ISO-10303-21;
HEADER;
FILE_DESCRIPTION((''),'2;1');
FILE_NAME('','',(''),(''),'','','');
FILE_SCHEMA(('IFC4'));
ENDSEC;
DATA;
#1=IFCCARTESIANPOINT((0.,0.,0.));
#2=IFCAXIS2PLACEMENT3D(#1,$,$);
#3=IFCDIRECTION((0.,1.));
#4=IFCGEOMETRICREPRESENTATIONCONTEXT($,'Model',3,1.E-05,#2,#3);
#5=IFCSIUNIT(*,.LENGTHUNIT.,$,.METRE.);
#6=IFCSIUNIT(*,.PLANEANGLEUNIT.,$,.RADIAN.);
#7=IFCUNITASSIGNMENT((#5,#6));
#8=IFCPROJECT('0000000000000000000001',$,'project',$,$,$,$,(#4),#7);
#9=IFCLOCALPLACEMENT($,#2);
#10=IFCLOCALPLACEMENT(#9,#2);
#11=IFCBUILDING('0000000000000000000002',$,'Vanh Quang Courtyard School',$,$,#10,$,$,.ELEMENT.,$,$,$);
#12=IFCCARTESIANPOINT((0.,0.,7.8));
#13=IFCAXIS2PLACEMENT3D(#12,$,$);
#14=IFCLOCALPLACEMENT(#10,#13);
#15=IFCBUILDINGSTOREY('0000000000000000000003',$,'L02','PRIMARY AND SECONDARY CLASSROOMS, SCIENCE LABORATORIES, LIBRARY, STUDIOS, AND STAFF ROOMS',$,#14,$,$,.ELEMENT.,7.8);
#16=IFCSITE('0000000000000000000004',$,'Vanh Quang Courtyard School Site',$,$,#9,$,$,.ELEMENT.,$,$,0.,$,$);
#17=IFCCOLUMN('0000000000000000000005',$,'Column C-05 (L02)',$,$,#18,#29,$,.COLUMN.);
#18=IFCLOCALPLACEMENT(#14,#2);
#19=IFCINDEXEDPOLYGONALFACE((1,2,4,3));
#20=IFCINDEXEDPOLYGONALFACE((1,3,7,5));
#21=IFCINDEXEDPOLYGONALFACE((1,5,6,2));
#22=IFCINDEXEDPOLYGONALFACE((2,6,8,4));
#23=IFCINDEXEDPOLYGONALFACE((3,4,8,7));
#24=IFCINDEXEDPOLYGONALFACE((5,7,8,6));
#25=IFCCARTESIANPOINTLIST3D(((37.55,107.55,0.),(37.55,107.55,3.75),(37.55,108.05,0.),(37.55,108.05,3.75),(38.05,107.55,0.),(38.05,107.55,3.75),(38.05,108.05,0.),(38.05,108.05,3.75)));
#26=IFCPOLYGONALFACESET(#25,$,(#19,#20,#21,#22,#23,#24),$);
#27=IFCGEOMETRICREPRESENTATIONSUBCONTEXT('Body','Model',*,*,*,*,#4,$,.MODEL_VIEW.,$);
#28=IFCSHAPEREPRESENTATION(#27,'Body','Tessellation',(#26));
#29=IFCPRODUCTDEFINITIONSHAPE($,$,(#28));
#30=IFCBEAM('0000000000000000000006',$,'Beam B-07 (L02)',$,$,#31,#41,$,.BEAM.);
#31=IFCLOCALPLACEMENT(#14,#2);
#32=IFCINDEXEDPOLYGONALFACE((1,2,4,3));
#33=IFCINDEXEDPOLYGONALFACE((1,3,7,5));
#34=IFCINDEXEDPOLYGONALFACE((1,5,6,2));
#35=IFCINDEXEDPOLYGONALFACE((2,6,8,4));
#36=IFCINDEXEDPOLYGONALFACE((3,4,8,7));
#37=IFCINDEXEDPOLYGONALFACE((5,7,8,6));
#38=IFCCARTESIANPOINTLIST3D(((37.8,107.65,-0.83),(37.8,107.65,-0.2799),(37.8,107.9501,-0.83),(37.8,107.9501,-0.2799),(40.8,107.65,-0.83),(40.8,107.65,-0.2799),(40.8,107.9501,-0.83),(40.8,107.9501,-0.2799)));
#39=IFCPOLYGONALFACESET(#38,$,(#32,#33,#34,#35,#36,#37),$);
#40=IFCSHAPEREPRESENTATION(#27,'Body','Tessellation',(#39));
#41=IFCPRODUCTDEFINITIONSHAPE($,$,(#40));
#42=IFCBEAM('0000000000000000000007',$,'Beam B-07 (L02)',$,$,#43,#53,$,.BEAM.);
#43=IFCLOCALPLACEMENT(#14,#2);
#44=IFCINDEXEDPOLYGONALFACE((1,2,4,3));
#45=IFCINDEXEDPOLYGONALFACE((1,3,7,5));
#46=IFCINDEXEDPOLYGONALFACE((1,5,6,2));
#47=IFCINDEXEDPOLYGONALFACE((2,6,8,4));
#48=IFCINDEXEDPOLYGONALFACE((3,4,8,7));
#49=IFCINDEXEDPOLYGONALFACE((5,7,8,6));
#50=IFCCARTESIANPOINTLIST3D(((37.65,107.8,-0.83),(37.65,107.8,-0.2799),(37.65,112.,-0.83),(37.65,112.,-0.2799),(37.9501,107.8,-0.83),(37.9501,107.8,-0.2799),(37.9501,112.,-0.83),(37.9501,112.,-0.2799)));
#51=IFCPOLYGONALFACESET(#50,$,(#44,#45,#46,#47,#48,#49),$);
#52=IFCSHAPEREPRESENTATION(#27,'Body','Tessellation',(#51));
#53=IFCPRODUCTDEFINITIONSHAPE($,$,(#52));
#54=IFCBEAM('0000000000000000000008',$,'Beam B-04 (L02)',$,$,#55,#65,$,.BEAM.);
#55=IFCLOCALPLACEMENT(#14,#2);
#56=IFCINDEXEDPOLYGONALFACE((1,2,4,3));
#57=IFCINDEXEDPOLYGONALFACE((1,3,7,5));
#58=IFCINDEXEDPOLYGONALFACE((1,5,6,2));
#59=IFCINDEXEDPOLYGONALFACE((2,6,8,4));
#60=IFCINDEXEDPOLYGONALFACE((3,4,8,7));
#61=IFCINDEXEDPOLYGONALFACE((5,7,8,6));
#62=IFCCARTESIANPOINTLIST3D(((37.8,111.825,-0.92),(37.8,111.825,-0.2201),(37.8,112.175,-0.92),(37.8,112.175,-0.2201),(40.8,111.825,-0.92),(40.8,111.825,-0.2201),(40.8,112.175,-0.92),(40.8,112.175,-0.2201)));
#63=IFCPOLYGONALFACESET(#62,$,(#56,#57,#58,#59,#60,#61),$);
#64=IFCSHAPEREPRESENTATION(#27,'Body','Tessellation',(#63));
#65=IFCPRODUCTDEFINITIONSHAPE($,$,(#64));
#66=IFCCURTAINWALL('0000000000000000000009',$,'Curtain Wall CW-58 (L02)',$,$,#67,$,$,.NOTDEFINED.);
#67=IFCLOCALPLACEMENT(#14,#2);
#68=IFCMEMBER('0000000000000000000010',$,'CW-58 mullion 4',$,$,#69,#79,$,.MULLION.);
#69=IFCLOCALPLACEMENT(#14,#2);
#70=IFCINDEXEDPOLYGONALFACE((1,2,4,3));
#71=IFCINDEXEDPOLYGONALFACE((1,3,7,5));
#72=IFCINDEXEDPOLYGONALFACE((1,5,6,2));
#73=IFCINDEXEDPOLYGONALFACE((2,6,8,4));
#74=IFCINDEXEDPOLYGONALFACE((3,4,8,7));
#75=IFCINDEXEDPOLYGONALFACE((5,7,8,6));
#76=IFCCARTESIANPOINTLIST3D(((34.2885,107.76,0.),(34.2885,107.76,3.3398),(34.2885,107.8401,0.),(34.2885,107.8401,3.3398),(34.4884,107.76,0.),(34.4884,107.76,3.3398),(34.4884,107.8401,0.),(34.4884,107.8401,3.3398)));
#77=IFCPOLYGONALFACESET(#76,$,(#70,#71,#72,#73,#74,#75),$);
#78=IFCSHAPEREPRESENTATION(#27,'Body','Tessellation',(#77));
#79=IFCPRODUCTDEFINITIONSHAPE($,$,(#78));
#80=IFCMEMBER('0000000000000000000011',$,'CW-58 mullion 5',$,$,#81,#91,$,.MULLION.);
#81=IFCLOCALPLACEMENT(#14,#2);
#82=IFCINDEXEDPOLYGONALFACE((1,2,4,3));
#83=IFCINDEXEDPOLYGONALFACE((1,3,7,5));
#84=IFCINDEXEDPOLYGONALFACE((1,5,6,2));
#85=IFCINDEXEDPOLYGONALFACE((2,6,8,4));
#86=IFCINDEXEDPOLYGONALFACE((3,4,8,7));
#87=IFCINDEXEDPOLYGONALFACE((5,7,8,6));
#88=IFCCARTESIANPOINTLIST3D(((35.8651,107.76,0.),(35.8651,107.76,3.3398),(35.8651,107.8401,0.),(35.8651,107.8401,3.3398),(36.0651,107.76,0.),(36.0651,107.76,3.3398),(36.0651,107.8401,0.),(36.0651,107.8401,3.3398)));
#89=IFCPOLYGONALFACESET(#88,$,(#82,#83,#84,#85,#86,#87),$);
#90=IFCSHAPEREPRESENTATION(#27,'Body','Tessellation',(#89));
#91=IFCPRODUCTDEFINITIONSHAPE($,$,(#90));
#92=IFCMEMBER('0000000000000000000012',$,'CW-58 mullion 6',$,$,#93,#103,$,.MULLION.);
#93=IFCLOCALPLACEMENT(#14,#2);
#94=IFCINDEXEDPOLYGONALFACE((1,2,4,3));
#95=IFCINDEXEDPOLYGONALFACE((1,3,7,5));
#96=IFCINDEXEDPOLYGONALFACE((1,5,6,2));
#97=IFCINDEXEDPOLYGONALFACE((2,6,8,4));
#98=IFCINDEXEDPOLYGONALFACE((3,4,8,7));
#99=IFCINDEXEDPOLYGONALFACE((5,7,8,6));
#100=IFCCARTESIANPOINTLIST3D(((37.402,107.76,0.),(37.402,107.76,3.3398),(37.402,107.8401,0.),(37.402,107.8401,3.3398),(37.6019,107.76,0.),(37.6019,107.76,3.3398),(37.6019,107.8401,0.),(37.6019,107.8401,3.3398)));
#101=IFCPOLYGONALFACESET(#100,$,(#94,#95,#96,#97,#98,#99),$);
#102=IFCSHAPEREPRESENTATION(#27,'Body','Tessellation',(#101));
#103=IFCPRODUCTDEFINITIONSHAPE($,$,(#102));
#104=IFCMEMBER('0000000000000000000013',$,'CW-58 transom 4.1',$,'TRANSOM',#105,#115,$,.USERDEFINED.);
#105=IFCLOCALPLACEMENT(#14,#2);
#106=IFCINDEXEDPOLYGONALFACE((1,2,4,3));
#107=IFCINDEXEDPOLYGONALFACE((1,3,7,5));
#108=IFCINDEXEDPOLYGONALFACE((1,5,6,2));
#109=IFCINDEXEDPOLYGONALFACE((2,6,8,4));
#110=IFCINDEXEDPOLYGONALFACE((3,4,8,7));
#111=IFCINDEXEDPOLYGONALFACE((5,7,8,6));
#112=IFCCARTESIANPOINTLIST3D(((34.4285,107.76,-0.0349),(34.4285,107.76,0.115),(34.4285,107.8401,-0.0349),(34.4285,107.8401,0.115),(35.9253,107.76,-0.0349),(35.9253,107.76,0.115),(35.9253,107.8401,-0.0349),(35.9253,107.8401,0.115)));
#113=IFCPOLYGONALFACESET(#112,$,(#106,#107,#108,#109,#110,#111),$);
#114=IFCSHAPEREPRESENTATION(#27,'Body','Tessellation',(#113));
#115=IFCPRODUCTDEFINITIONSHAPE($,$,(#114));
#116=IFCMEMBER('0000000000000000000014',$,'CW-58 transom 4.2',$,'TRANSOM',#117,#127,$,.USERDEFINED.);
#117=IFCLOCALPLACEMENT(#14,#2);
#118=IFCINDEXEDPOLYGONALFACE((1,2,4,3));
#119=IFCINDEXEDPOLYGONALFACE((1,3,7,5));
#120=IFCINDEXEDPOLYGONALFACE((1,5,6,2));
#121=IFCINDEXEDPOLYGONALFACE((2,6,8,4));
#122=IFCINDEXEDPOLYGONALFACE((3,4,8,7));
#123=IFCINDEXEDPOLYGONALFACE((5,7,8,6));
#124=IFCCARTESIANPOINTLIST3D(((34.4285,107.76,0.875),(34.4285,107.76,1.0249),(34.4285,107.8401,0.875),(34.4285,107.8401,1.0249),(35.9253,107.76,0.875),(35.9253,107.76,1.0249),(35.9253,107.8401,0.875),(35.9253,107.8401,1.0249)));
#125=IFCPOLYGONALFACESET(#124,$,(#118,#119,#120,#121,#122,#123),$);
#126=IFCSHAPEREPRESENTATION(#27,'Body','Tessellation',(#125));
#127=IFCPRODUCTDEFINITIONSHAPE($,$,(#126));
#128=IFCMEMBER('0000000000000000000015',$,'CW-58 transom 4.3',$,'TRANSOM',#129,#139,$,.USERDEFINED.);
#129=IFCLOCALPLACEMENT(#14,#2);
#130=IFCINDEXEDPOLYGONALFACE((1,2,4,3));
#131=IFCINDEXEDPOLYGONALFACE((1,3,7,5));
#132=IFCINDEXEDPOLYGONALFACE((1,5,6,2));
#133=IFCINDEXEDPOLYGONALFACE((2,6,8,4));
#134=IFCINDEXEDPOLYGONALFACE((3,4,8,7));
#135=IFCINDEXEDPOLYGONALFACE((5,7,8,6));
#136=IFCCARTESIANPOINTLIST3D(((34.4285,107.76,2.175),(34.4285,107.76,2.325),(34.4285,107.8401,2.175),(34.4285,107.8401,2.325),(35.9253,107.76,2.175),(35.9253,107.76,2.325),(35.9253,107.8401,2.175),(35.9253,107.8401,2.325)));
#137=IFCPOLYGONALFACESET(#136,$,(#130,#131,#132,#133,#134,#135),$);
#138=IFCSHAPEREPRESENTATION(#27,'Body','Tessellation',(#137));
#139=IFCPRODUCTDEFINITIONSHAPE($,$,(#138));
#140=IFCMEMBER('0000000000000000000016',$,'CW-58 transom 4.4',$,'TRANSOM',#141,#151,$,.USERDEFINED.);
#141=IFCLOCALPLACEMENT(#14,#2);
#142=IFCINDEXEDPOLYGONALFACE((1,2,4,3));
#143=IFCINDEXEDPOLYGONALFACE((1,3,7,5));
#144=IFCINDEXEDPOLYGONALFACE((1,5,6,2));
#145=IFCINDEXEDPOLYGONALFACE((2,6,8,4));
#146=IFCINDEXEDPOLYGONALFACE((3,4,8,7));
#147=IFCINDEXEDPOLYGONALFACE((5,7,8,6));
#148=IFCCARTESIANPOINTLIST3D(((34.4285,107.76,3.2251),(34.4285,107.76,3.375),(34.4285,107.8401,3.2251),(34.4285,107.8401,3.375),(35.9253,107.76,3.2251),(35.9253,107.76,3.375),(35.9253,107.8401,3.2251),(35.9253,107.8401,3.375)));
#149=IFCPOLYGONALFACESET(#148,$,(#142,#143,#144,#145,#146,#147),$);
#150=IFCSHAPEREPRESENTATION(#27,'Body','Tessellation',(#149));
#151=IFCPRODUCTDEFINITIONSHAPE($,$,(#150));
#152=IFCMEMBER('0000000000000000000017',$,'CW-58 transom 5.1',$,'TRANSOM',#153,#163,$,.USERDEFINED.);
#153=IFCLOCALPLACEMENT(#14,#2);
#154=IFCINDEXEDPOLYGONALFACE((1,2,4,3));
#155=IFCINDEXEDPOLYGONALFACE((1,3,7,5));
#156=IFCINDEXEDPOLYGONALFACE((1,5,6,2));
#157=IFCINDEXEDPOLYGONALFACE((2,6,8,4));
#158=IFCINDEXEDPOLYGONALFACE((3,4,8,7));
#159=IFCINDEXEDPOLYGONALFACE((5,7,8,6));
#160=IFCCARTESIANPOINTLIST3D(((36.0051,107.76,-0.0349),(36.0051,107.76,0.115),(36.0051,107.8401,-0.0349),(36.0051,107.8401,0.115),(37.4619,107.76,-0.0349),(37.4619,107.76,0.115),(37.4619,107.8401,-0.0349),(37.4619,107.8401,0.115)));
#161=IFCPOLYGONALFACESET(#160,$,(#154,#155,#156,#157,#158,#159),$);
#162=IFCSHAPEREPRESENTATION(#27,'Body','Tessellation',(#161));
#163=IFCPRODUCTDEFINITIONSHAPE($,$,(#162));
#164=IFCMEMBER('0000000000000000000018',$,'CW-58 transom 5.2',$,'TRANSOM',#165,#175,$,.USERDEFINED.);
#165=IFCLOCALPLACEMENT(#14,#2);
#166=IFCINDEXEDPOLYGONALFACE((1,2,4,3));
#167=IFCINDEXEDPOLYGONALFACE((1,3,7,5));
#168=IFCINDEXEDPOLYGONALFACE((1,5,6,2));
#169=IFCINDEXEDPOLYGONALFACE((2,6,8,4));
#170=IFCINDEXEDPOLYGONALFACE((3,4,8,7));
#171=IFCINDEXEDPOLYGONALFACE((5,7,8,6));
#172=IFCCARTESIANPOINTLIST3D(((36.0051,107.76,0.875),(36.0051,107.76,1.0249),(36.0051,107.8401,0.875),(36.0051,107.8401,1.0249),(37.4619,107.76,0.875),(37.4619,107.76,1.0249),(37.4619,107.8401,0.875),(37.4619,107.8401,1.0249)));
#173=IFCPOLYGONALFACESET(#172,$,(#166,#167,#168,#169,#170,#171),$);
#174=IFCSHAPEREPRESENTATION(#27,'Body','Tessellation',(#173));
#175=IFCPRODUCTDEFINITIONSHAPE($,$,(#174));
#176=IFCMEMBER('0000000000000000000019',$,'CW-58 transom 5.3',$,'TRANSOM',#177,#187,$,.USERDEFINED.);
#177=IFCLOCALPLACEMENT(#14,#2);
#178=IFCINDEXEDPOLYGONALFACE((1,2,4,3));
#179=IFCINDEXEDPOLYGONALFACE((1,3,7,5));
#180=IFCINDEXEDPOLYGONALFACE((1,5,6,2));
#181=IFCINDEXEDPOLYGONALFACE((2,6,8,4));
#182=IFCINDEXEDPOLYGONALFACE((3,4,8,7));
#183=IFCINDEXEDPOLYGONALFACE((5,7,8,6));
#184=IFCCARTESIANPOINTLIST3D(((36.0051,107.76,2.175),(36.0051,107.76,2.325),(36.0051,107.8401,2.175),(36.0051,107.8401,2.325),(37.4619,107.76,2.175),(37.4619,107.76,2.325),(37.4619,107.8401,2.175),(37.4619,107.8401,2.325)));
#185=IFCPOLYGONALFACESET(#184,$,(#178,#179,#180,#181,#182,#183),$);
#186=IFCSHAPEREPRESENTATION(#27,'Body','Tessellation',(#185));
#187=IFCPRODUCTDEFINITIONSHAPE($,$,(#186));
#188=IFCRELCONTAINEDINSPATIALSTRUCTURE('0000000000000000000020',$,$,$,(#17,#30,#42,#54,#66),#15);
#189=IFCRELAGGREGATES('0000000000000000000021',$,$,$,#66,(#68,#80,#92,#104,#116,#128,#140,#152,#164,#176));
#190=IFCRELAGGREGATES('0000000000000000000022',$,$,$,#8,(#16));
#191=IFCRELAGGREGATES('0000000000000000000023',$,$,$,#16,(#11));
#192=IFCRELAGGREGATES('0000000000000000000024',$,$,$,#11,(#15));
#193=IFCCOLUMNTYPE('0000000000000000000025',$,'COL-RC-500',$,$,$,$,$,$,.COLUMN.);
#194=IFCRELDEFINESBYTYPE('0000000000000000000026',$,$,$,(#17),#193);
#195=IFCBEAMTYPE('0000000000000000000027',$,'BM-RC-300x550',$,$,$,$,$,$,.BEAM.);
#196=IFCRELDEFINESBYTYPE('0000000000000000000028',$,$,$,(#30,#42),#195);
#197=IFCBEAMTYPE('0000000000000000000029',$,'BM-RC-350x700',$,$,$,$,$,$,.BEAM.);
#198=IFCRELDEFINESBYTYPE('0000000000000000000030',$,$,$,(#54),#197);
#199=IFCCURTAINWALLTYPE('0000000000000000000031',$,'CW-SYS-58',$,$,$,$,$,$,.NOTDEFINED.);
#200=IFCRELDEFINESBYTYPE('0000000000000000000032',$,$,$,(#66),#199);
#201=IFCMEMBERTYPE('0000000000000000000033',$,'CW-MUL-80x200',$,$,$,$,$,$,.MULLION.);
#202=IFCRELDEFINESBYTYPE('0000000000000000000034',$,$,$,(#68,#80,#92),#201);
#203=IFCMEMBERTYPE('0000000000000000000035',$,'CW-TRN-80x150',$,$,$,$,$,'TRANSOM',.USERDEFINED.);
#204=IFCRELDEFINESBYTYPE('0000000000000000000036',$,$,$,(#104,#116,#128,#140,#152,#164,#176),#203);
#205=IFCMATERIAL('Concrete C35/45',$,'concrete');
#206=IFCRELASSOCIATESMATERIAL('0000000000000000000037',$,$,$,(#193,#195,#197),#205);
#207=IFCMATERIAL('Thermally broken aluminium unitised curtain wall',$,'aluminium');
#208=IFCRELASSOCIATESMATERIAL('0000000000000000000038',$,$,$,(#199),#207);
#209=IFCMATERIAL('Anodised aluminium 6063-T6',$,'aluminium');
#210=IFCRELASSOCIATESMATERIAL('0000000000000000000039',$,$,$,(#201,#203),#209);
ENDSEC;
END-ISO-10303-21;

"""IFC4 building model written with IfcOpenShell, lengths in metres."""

from ifc_helpers import new_model, si_unit, direction, frame, origin, origin_2d, place, context, subcontext, project, spatial, rectangle, extrude, material, material_profile, profile_set, type_object, element, aggregate, save


model = new_model("IFC4")

# Units and contexts
model_context = context("Model", 3, precision=1e-05, world=origin(), true_north=direction((0.0, 1.0)))
body_context = subcontext(model_context, "Body", "Model", "MODEL_VIEW")
ifc_project = project(units=[si_unit("LENGTHUNIT", "METRE"), si_unit("PLANEANGLEUNIT", "RADIAN")], contexts=[model_context])

# Site, building, storey
site_placement = place(None, origin())
site = spatial("IfcSite", under=ifc_project, at=site_placement, Name="Vanh Quang Courtyard School Site", CompositionType="ELEMENT", RefElevation=0.0)
building_placement = place(site_placement, origin())
building = spatial("IfcBuilding", under=site, at=building_placement, Name="Vanh Quang Courtyard School", CompositionType="ELEMENT")
storey_placement = place(building_placement, frame((0.0, 0.0, 7.8)))
storey = spatial("IfcBuildingStorey", under=building, at=storey_placement, Name="L02", Description="PRIMARY AND SECONDARY CLASSROOMS, SCIENCE LABORATORIES, LIBRARY, STUDIOS, AND STAFF ROOMS", CompositionType="ELEMENT", Elevation=7.8)

# Column
ifc_material_1 = material(Name="Concrete C35/45", Category="concrete")
ifc_material_profile_1 = material_profile(ifc_material_1, rectangle(XDim=0.5, YDim=0.5, at=origin_2d()), Name="RC-COL 500x500")
ifc_profile_set_1 = profile_set([ifc_material_profile_1], Name="Concrete C35/45")
column_type = type_object("IfcColumnType", Name="COL-RC-500", PredefinedType="COLUMN", material=ifc_profile_set_1)
column_placement = place(storey_placement, frame((37.8, 107.8, 0.0), z_axis=(0.0, 0.0, 1.0), x_axis=(1.0, 0.0, 0.0)))
element("IfcColumn", 1, at=column_placement, inside=storey, type_object=column_type, Name="Column C-05 (L02)", PredefinedType="COLUMN", context=body_context, shape_type="SweptSolid", body=[
    extrude(rectangle(XDim=0.5, YDim=0.5, at=origin_2d()), origin(), (0.0, 0.0, 1.0), 3.75),
])

# Beams
ifc_material_profile_2 = material_profile(ifc_material_1, rectangle(XDim=0.3, YDim=0.55, at=origin_2d()), Name="RC-BM 300x550")
ifc_profile_set_2 = profile_set([ifc_material_profile_2], Name="Concrete C35/45")
beam_type_1 = type_object("IfcBeamType", Name="BM-RC-300x550", PredefinedType="BEAM", material=ifc_profile_set_2)
beam_1_placement = place(storey_placement, frame((37.8, 107.8, -0.5549), z_axis=(1.0, 0.0, 0.0), x_axis=(0.0, 1.0, 0.0)))
element("IfcBeam", 2, at=beam_1_placement, inside=storey, type_object=beam_type_1, Name="Beam B-07 (L02)", PredefinedType="BEAM", context=body_context, shape_type="SweptSolid", body=[
    extrude(rectangle(XDim=0.3, YDim=0.55, at=origin_2d()), origin(), (0.0, 0.0, 1.0), 3.0),
])
beam_2_placement = place(storey_placement, frame((37.8, 107.8, -0.5549), z_axis=(0.0, 1.0, 0.0), x_axis=(-1.0, 0.0, 0.0)))
element("IfcBeam", 3, at=beam_2_placement, inside=storey, type_object=beam_type_1, Name="Beam B-07 (L02)", PredefinedType="BEAM", context=body_context, shape_type="SweptSolid", body=[
    extrude(rectangle(XDim=0.3, YDim=0.55, at=origin_2d()), origin(), (0.0, 0.0, 1.0), 4.2),
])
ifc_material_profile_3 = material_profile(ifc_material_1, rectangle(XDim=0.3501, YDim=0.7, at=origin_2d()), Name="RC-BM 350x700")
ifc_profile_set_3 = profile_set([ifc_material_profile_3], Name="Concrete C35/45")
beam_type_2 = type_object("IfcBeamType", Name="BM-RC-350x700", PredefinedType="BEAM", material=ifc_profile_set_3)
beam_3_placement = place(storey_placement, frame((37.8, 112.0, -0.5701), z_axis=(1.0, 0.0, 0.0), x_axis=(0.0, 1.0, 0.0)))
element("IfcBeam", 4, at=beam_3_placement, inside=storey, type_object=beam_type_2, Name="Beam B-04 (L02)", PredefinedType="BEAM", context=body_context, shape_type="SweptSolid", body=[
    extrude(rectangle(XDim=0.3501, YDim=0.7, at=origin_2d()), origin(), (0.0, 0.0, 1.0), 3.0),
])

# Curtain wall, members
ifc_material_2 = material(Name="Thermally broken aluminium unitised curtain wall", Category="aluminium")
curtain_wall_type = type_object("IfcCurtainWallType", Name="CW-SYS-58", PredefinedType="NOTDEFINED", material=ifc_material_2)
curtain_wall_placement = place(storey_placement, origin())
curtain_wall = element("IfcCurtainWall", 5, at=curtain_wall_placement, inside=storey, type_object=curtain_wall_type, Name="Curtain Wall CW-58 (L02)", PredefinedType="NOTDEFINED")
ifc_material_3 = material(Name="Anodised aluminium 6063-T6", Category="aluminium")
ifc_material_profile_4 = material_profile(ifc_material_3, rectangle(XDim=0.0801, YDim=0.2, at=origin_2d()), Name="ALU-MUL 80x200")
ifc_profile_set_4 = profile_set([ifc_material_profile_4], Name="Anodised aluminium 6063-T6")
member_type_1 = type_object("IfcMemberType", Name="CW-MUL-80x200", PredefinedType="MULLION", material=ifc_profile_set_4)
member_1_placement = place(storey_placement, frame((34.3884, 107.8, 0.0), z_axis=(0.0, 0.0, 1.0), x_axis=(0.0, 1.0, 0.0)))
member_1 = element("IfcMember", 6, at=member_1_placement, type_object=member_type_1, Name="CW-58 mullion 4", PredefinedType="MULLION", context=body_context, shape_type="SweptSolid", body=[
    extrude(rectangle(XDim=0.0801, YDim=0.2, at=origin_2d()), origin(), (0.0, 0.0, 1.0), 3.3398),
])
member_2_placement = place(storey_placement, frame((35.9651, 107.8, 0.0), z_axis=(0.0, 0.0, 1.0), x_axis=(0.0, 1.0, 0.0)))
member_2 = element("IfcMember", 7, at=member_2_placement, type_object=member_type_1, Name="CW-58 mullion 5", PredefinedType="MULLION", context=body_context, shape_type="SweptSolid", body=[
    extrude(rectangle(XDim=0.0801, YDim=0.2, at=origin_2d()), origin(), (0.0, 0.0, 1.0), 3.3398),
])
member_3_placement = place(storey_placement, frame((37.502, 107.8, 0.0), z_axis=(0.0, 0.0, 1.0), x_axis=(0.0, 1.0, 0.0)))
member_3 = element("IfcMember", 8, at=member_3_placement, type_object=member_type_1, Name="CW-58 mullion 6", PredefinedType="MULLION", context=body_context, shape_type="SweptSolid", body=[
    extrude(rectangle(XDim=0.0801, YDim=0.2, at=origin_2d()), origin(), (0.0, 0.0, 1.0), 3.3398),
])
ifc_material_profile_5 = material_profile(ifc_material_3, rectangle(XDim=0.0801, YDim=0.1499, at=origin_2d()), Name="ALU-TRN 80x150")
ifc_profile_set_5 = profile_set([ifc_material_profile_5], Name="Anodised aluminium 6063-T6")
member_type_2 = type_object("IfcMemberType", Name="CW-TRN-80x150", ElementType="TRANSOM", PredefinedType="USERDEFINED", material=ifc_profile_set_5)
member_4_placement = place(storey_placement, frame((34.4285, 107.8, 0.04), z_axis=(1.0, 0.0, 0.0), x_axis=(0.0, 1.0, 0.0)))
member_4 = element("IfcMember", 9, at=member_4_placement, type_object=member_type_2, Name="CW-58 transom 4.1", ObjectType="TRANSOM", PredefinedType="USERDEFINED", context=body_context, shape_type="SweptSolid", body=[
    extrude(rectangle(XDim=0.0801, YDim=0.1499, at=origin_2d()), origin(), (0.0, 0.0, 1.0), 1.4968),
])
member_5_placement = place(storey_placement, frame((34.4285, 107.8, 0.95), z_axis=(1.0, 0.0, 0.0), x_axis=(0.0, 1.0, 0.0)))
member_5 = element("IfcMember", 10, at=member_5_placement, type_object=member_type_2, Name="CW-58 transom 4.2", ObjectType="TRANSOM", PredefinedType="USERDEFINED", context=body_context, shape_type="SweptSolid", body=[
    extrude(rectangle(XDim=0.0801, YDim=0.1499, at=origin_2d()), origin(), (0.0, 0.0, 1.0), 1.4968),
])
member_6_placement = place(storey_placement, frame((34.4285, 107.8, 2.25), z_axis=(1.0, 0.0, 0.0), x_axis=(0.0, 1.0, 0.0)))
member_6 = element("IfcMember", 11, at=member_6_placement, type_object=member_type_2, Name="CW-58 transom 4.3", ObjectType="TRANSOM", PredefinedType="USERDEFINED", context=body_context, shape_type="SweptSolid", body=[
    extrude(rectangle(XDim=0.0801, YDim=0.1499, at=origin_2d()), origin(), (0.0, 0.0, 1.0), 1.4968),
])
member_7_placement = place(storey_placement, frame((34.4285, 107.8, 3.3), z_axis=(1.0, 0.0, 0.0), x_axis=(0.0, 1.0, 0.0)))
member_7 = element("IfcMember", 12, at=member_7_placement, type_object=member_type_2, Name="CW-58 transom 4.4", ObjectType="TRANSOM", PredefinedType="USERDEFINED", context=body_context, shape_type="SweptSolid", body=[
    extrude(rectangle(XDim=0.0801, YDim=0.1499, at=origin_2d()), origin(), (0.0, 0.0, 1.0), 1.4968),
])
member_8_placement = place(storey_placement, frame((36.0051, 107.8, 0.04), z_axis=(1.0, 0.0, 0.0), x_axis=(0.0, 1.0, 0.0)))
member_8 = element("IfcMember", 13, at=member_8_placement, type_object=member_type_2, Name="CW-58 transom 5.1", ObjectType="TRANSOM", PredefinedType="USERDEFINED", context=body_context, shape_type="SweptSolid", body=[
    extrude(rectangle(XDim=0.0801, YDim=0.1499, at=origin_2d()), origin(), (0.0, 0.0, 1.0), 1.4568),
])
member_9_placement = place(storey_placement, frame((36.0051, 107.8, 0.95), z_axis=(1.0, 0.0, 0.0), x_axis=(0.0, 1.0, 0.0)))
member_9 = element("IfcMember", 14, at=member_9_placement, type_object=member_type_2, Name="CW-58 transom 5.2", ObjectType="TRANSOM", PredefinedType="USERDEFINED", context=body_context, shape_type="SweptSolid", body=[
    extrude(rectangle(XDim=0.0801, YDim=0.1499, at=origin_2d()), origin(), (0.0, 0.0, 1.0), 1.4568),
])
member_10_placement = place(storey_placement, frame((36.0051, 107.8, 2.25), z_axis=(1.0, 0.0, 0.0), x_axis=(0.0, 1.0, 0.0)))
member_10 = element("IfcMember", 15, at=member_10_placement, type_object=member_type_2, Name="CW-58 transom 5.3", ObjectType="TRANSOM", PredefinedType="USERDEFINED", context=body_context, shape_type="SweptSolid", body=[
    extrude(rectangle(XDim=0.0801, YDim=0.1499, at=origin_2d()), origin(), (0.0, 0.0, 1.0), 1.4568),
])
aggregate(curtain_wall, [member_1, member_2, member_3, member_4, member_5, member_6, member_7, member_8, member_9, member_10])

save(model, "model.ifc")
